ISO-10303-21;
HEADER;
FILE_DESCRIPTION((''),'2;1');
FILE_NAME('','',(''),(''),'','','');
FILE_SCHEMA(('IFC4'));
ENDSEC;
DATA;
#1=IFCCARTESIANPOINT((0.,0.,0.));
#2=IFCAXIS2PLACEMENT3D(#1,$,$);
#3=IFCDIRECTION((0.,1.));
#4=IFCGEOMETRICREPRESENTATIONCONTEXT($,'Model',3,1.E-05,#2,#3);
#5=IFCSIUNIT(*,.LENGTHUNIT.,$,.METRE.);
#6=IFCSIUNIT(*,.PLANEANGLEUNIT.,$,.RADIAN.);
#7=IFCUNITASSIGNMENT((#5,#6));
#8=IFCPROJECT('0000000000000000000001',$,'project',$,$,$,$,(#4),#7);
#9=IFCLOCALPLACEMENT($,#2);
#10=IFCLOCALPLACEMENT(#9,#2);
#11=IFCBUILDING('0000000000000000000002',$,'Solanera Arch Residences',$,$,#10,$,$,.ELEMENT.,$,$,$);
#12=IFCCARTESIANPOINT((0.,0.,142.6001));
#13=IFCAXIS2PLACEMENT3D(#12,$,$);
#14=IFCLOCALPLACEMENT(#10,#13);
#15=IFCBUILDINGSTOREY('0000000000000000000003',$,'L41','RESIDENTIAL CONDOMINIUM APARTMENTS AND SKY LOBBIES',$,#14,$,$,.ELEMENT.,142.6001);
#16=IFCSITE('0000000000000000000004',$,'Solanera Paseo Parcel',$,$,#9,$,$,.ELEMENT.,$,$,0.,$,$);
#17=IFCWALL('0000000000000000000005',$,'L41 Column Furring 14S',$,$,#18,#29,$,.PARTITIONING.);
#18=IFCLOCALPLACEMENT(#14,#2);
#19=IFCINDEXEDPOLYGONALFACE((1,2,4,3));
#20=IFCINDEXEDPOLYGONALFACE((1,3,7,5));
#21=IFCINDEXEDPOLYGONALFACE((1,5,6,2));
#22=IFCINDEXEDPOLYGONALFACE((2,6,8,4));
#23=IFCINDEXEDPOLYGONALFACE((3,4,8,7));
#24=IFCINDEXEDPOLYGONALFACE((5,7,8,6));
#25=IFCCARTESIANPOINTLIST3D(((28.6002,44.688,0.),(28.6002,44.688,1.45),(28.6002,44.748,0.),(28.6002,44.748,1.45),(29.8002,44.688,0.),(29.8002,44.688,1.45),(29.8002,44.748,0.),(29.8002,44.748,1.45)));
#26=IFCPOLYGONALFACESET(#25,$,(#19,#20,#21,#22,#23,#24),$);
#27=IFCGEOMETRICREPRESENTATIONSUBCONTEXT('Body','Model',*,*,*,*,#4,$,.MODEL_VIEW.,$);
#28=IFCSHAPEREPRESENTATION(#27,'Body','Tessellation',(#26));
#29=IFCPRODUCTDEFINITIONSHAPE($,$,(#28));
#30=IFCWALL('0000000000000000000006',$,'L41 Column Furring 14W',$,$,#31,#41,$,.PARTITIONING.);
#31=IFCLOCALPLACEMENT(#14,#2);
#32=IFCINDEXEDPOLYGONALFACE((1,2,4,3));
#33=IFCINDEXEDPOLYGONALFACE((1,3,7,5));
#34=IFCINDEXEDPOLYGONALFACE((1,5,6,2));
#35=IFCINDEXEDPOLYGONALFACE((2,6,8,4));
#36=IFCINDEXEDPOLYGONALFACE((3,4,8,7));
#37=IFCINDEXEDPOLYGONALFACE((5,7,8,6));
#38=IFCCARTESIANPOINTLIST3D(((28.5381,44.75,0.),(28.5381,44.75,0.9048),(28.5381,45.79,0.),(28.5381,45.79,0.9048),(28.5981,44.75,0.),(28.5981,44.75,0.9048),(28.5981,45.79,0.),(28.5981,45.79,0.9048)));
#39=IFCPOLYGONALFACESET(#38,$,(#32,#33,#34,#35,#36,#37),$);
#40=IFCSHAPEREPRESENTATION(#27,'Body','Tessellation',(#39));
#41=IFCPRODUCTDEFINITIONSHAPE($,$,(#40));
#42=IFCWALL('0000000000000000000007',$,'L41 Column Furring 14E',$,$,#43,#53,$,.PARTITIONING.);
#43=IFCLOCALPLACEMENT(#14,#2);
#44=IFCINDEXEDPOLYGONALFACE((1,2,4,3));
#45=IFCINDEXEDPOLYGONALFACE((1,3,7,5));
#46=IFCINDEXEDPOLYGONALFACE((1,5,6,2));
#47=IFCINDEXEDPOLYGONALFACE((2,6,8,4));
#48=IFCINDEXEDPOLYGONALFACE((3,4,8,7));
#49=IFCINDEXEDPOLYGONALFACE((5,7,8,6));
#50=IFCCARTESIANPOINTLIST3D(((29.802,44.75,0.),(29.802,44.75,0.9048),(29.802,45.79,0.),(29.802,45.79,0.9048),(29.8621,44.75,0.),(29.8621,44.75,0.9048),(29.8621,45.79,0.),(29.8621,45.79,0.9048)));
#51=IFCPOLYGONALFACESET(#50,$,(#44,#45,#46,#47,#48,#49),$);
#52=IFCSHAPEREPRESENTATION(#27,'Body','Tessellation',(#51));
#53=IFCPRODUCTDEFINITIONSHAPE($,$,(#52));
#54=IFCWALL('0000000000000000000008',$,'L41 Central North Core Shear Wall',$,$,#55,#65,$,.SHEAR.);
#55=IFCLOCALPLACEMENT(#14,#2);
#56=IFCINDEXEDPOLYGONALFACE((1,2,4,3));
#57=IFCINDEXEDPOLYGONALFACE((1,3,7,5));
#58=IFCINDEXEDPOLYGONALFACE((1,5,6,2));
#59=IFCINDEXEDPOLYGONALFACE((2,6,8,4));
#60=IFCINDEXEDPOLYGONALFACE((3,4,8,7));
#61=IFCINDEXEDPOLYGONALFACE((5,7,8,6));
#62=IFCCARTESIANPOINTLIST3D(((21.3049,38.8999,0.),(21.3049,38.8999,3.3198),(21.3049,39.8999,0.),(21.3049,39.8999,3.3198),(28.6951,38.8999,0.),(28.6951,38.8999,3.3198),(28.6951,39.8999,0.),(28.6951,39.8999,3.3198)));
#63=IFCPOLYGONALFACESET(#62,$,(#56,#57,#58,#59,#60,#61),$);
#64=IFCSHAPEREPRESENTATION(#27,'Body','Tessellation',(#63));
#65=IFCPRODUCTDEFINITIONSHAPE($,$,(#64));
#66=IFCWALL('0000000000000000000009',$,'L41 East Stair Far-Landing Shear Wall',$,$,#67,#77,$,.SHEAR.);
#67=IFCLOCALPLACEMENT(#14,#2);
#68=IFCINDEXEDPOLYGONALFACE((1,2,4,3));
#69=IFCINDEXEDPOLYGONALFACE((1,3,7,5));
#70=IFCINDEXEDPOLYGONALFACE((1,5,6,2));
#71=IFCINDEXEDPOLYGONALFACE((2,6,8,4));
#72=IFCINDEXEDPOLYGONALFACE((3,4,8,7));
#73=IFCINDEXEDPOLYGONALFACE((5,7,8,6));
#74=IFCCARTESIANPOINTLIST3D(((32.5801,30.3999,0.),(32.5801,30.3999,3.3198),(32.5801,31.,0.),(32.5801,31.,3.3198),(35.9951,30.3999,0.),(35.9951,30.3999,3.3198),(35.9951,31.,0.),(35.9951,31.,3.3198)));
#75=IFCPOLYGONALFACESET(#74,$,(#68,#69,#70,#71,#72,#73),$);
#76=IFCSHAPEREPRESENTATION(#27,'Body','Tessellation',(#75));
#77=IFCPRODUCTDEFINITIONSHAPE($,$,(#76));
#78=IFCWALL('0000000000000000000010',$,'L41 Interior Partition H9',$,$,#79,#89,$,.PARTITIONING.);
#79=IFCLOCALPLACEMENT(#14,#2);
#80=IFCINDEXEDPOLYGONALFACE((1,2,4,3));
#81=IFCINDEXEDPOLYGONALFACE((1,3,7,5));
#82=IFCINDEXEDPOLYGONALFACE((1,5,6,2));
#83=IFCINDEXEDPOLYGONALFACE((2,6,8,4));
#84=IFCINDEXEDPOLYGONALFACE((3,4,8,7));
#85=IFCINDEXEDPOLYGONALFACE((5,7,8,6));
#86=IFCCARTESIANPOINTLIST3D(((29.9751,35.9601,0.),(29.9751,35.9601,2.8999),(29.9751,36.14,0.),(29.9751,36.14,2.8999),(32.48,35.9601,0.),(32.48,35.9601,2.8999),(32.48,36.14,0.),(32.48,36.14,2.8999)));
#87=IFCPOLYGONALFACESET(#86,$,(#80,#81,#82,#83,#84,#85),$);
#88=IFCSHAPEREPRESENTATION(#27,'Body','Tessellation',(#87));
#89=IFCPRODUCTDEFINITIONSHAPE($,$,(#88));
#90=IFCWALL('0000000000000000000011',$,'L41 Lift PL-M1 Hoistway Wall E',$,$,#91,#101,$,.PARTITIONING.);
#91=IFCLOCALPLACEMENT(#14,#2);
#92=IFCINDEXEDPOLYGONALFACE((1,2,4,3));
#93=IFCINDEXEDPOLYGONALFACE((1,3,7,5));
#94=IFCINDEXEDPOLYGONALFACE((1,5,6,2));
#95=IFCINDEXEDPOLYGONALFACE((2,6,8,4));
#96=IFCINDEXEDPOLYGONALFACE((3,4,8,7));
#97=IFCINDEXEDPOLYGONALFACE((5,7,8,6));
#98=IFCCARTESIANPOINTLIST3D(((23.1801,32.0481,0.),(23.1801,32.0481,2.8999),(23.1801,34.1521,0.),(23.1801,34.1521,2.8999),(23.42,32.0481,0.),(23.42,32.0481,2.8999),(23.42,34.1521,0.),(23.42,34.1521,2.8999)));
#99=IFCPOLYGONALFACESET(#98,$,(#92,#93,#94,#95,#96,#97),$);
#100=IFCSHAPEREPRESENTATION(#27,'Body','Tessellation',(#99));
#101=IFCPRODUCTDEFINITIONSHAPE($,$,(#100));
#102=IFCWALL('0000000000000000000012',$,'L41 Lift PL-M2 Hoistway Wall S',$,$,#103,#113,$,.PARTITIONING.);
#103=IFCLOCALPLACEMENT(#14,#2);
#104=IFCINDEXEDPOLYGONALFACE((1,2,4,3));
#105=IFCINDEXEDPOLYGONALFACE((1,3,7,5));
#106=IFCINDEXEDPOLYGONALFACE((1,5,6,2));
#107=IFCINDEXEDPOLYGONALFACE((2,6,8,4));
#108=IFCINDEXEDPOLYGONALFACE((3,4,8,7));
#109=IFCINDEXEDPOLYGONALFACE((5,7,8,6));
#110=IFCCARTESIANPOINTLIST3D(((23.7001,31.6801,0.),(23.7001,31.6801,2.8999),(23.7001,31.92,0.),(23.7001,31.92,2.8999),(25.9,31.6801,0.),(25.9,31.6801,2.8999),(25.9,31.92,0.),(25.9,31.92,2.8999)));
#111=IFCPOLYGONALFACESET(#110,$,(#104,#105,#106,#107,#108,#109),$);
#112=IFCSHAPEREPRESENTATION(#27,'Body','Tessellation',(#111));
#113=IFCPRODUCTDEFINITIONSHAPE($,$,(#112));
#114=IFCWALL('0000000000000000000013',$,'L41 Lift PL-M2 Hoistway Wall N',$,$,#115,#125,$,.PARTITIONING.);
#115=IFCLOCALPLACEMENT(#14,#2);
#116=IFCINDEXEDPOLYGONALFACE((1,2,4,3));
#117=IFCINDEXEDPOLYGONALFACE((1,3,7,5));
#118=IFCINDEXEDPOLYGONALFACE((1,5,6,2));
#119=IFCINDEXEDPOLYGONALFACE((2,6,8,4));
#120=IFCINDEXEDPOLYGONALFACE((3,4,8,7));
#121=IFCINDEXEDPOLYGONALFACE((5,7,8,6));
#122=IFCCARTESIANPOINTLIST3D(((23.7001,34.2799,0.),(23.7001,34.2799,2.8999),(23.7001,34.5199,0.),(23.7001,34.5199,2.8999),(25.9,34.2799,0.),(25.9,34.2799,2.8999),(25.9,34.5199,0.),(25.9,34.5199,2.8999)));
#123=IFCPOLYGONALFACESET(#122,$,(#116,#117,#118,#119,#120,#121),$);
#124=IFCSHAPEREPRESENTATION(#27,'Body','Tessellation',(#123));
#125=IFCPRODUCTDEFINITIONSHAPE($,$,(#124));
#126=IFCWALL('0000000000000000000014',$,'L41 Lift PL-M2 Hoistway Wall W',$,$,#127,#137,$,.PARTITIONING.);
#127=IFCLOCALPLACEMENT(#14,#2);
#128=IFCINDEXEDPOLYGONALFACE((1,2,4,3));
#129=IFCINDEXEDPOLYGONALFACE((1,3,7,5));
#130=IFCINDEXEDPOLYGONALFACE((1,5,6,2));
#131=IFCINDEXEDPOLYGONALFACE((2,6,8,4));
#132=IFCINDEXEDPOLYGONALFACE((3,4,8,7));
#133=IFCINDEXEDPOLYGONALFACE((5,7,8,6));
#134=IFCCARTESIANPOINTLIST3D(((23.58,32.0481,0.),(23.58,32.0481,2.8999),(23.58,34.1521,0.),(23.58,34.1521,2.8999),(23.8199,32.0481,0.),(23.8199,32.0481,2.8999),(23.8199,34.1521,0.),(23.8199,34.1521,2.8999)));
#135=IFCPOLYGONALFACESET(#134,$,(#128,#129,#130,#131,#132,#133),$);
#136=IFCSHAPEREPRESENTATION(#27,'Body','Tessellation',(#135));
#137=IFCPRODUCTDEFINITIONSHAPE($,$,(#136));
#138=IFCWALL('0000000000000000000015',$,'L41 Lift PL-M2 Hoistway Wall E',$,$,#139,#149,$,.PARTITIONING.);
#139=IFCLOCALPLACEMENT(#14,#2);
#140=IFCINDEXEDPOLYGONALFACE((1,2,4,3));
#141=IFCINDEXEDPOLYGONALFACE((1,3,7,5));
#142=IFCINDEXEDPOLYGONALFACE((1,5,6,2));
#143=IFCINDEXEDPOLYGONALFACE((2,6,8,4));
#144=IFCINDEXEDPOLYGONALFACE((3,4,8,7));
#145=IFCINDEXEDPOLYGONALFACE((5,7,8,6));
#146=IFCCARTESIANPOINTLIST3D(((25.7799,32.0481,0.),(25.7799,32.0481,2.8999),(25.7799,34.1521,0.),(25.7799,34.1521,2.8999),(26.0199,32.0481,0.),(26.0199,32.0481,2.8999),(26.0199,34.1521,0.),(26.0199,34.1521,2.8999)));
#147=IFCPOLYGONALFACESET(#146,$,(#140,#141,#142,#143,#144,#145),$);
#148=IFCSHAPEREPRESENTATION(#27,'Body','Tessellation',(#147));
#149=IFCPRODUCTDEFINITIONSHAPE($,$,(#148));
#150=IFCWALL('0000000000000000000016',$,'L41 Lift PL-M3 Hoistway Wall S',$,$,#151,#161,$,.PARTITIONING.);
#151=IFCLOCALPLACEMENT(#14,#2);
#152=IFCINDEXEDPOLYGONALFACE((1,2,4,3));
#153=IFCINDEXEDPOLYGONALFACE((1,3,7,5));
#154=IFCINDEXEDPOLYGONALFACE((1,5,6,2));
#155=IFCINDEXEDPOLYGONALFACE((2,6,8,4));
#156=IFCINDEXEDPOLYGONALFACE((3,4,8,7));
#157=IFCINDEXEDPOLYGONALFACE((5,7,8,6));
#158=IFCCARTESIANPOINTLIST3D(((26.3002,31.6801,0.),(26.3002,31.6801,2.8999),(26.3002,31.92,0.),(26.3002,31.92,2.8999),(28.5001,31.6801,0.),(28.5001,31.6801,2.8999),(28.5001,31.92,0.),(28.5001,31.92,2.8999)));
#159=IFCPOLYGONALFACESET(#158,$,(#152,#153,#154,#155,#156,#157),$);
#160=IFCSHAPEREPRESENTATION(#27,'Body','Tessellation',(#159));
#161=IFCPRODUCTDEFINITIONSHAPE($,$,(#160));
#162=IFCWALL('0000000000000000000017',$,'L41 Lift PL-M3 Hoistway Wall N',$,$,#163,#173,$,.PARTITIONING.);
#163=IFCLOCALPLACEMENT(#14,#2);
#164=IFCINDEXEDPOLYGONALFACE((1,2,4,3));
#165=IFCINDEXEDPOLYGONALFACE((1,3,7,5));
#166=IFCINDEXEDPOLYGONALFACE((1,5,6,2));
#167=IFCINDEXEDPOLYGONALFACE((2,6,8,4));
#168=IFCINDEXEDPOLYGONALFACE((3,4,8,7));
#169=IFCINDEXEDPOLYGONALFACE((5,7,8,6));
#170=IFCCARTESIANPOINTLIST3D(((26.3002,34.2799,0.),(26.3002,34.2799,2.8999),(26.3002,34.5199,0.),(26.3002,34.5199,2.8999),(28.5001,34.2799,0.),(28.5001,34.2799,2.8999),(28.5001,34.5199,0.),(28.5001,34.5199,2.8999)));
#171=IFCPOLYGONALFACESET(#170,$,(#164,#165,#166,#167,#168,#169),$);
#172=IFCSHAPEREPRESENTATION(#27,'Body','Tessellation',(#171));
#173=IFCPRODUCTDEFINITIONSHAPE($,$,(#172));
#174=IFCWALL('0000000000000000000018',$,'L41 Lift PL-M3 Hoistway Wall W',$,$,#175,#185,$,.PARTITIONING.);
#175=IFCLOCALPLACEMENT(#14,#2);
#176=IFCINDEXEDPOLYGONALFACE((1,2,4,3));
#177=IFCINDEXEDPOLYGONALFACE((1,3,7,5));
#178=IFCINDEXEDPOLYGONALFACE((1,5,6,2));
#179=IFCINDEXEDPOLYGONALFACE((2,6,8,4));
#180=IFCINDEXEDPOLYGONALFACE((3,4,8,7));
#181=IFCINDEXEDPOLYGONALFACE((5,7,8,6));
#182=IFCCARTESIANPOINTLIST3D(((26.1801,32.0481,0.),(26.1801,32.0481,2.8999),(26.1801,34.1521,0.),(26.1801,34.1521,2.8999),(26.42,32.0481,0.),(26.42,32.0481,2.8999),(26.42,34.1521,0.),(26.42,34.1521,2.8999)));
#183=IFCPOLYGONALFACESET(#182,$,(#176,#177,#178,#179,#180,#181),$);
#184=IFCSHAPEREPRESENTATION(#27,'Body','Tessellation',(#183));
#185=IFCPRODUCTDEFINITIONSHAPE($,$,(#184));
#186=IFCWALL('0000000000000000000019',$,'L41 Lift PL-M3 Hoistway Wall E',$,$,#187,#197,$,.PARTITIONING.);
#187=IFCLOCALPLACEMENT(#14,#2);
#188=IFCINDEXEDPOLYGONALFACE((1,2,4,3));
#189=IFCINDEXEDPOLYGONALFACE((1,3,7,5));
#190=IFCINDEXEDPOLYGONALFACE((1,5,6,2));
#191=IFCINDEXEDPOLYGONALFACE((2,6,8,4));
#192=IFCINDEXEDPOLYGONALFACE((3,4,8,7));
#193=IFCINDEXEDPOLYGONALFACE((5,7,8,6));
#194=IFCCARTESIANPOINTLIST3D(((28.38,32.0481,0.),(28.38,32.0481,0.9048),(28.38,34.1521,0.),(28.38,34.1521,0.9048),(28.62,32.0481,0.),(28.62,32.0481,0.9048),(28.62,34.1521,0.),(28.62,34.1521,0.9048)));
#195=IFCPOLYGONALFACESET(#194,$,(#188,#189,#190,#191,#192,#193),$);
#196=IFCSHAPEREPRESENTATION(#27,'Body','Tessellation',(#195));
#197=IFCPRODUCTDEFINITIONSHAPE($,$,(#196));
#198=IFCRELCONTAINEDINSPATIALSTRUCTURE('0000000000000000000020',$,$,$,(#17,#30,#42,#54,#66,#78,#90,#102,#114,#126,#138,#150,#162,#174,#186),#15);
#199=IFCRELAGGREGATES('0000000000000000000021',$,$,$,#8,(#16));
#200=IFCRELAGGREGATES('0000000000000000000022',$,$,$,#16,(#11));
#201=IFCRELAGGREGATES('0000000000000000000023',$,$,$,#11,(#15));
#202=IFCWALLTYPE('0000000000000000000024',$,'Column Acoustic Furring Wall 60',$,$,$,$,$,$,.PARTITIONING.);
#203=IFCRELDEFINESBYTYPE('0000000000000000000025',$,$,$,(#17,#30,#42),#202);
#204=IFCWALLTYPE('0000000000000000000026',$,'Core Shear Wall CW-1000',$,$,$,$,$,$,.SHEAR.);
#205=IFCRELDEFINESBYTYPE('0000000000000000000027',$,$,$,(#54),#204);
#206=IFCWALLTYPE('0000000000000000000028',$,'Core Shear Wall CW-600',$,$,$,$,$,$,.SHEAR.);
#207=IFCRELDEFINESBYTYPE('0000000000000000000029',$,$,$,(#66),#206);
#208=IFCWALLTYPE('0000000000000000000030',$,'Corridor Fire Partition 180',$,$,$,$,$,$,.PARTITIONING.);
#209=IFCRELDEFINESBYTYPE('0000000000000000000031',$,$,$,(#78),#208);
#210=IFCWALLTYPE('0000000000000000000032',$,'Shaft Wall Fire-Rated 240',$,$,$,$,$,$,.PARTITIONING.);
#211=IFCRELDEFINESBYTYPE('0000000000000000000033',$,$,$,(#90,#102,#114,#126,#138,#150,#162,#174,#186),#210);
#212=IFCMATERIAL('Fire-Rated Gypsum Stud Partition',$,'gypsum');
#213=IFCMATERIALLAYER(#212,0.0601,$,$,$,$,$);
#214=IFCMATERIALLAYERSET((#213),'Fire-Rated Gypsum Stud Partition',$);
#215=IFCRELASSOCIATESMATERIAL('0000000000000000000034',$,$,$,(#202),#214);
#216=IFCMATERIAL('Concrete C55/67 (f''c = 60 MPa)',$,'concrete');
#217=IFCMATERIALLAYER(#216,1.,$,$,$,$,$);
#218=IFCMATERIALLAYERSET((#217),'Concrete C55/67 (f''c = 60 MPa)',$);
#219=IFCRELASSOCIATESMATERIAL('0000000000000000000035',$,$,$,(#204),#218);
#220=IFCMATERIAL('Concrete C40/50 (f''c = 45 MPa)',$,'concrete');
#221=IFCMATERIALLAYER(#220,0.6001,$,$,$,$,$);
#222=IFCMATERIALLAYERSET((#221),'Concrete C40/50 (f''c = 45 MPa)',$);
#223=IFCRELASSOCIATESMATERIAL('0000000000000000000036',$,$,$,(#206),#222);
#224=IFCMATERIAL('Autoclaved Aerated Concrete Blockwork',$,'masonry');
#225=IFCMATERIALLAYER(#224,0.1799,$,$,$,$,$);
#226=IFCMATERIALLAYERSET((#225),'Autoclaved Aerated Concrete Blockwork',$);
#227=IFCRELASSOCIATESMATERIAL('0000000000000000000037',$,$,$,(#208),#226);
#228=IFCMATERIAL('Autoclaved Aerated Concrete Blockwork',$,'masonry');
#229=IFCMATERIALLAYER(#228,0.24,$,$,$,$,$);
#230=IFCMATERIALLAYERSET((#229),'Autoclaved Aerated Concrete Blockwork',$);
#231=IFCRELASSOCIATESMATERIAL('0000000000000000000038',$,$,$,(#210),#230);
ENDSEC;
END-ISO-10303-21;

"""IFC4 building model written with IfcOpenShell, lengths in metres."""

from ifc_helpers import new_model, si_unit, direction, frame, frame_2d, origin, place, context, subcontext, project, spatial, rectangle, extrude, material, layer, layer_set, type_object, element, save


model = new_model("IFC4")

# Units and contexts
model_context = context("Model", 3, precision=1e-05, world=origin(), true_north=direction((0.0, 1.0)))
body_context = subcontext(model_context, "Body", "Model", "MODEL_VIEW")
ifc_project = project(units=[si_unit("LENGTHUNIT", "METRE"), si_unit("PLANEANGLEUNIT", "RADIAN")], contexts=[model_context])

# Site, building, storey
site_placement = place(None, origin())
site = spatial("IfcSite", under=ifc_project, at=site_placement, Name="Solanera Paseo Parcel", CompositionType="ELEMENT", RefElevation=0.0)
building_placement = place(site_placement, origin())
building = spatial("IfcBuilding", under=site, at=building_placement, Name="Solanera Arch Residences", CompositionType="ELEMENT")
storey_placement = place(building_placement, frame((0.0, 0.0, 142.6001)))
storey = spatial("IfcBuildingStorey", under=building, at=storey_placement, Name="L41", Description="RESIDENTIAL CONDOMINIUM APARTMENTS AND SKY LOBBIES", CompositionType="ELEMENT", Elevation=142.6001)

# Walls
ifc_material_1 = material(Name="Fire-Rated Gypsum Stud Partition", Category="gypsum")
ifc_layer_1 = layer(ifc_material_1, 0.0601)
ifc_layer_set_1 = layer_set([ifc_layer_1], Name="Fire-Rated Gypsum Stud Partition")
wall_type_1 = type_object("IfcWallType", Name="Column Acoustic Furring Wall 60", PredefinedType="PARTITIONING", material=ifc_layer_set_1)
wall_1_placement = place(storey_placement, frame((28.6001, 44.718, 0.0), z_axis=(0.0, 0.0, 1.0), x_axis=(1.0, 0.0, 0.0)))
element("IfcWall", 1, at=wall_1_placement, inside=storey, type_object=wall_type_1, Name="L41 Column Furring 14S", PredefinedType="PARTITIONING", context=body_context, shape_type="SweptSolid", body=[
    extrude(rectangle(XDim=1.2, YDim=0.0601, at=frame_2d((0.6001, 0.0))), origin(), (0.0, 0.0, 1.0), 1.45),
])
for number, where, z_axis, x_axis, name in (
    (2, (28.5681, 44.75, 0.0), (0.0, 0.0, 1.0), (0.0, 1.0, 0.0), "L41 Column Furring 14W"),
    (3, (29.832, 44.75, 0.0), (0.0, 0.0, 1.0), (0.0, 1.0, 0.0), "L41 Column Furring 14E"),
):
    element("IfcWall", number, at=place(storey_placement, frame(where, z_axis=z_axis, x_axis=x_axis)), inside=storey, type_object=wall_type_1, Name=name, PredefinedType="PARTITIONING", context=body_context, shape_type="SweptSolid", body=[
        extrude(rectangle(XDim=1.04, YDim=0.0601, at=frame_2d((0.52, 0.0))), origin(), (0.0, 0.0, 1.0), 0.9048),
    ])
ifc_material_2 = material(Name="Concrete C55/67 (f'c = 60 MPa)", Category="concrete")
ifc_layer_2 = layer(ifc_material_2, 1.0)
ifc_layer_set_2 = layer_set([ifc_layer_2], Name="Concrete C55/67 (f'c = 60 MPa)")
wall_type_2 = type_object("IfcWallType", Name="Core Shear Wall CW-1000", PredefinedType="SHEAR", material=ifc_layer_set_2)
wall_2_placement = place(storey_placement, frame((21.3049, 39.3999, 0.0), z_axis=(0.0, 0.0, 1.0), x_axis=(1.0, 0.0, 0.0)))
element("IfcWall", 4, at=wall_2_placement, inside=storey, type_object=wall_type_2, Name="L41 Central North Core Shear Wall", PredefinedType="SHEAR", context=body_context, shape_type="SweptSolid", body=[
    extrude(rectangle(XDim=7.3901, YDim=1.0, at=frame_2d((3.6951, 0.0))), origin(), (0.0, 0.0, 1.0), 3.3198),
])
ifc_material_3 = material(Name="Concrete C40/50 (f'c = 45 MPa)", Category="concrete")
ifc_layer_3 = layer(ifc_material_3, 0.6001)
ifc_layer_set_3 = layer_set([ifc_layer_3], Name="Concrete C40/50 (f'c = 45 MPa)")
wall_type_3 = type_object("IfcWallType", Name="Core Shear Wall CW-600", PredefinedType="SHEAR", material=ifc_layer_set_3)
wall_3_placement = place(storey_placement, frame((32.5801, 30.7, 0.0), z_axis=(0.0, 0.0, 1.0), x_axis=(1.0, 0.0, 0.0)))
element("IfcWall", 5, at=wall_3_placement, inside=storey, type_object=wall_type_3, Name="L41 East Stair Far-Landing Shear Wall", PredefinedType="SHEAR", context=body_context, shape_type="SweptSolid", body=[
    extrude(rectangle(XDim=3.415, YDim=0.6001, at=frame_2d((1.7075, 0.0))), origin(), (0.0, 0.0, 1.0), 3.3198),
])
ifc_material_4 = material(Name="Autoclaved Aerated Concrete Blockwork", Category="masonry")
ifc_layer_4 = layer(ifc_material_4, 0.1799)
ifc_layer_set_4 = layer_set([ifc_layer_4], Name="Autoclaved Aerated Concrete Blockwork")
wall_type_4 = type_object("IfcWallType", Name="Corridor Fire Partition 180", PredefinedType="PARTITIONING", material=ifc_layer_set_4)
wall_4_placement = place(storey_placement, frame((29.9751, 36.05, 0.0), z_axis=(0.0, 0.0, 1.0), x_axis=(1.0, 0.0, 0.0)))
element("IfcWall", 6, at=wall_4_placement, inside=storey, type_object=wall_type_4, Name="L41 Interior Partition H9", PredefinedType="PARTITIONING", context=body_context, shape_type="SweptSolid", body=[
    extrude(rectangle(XDim=2.5049, YDim=0.1799, at=frame_2d((1.2524, 0.0))), origin(), (0.0, 0.0, 1.0), 2.8999),
])
ifc_material_5 = material(Name="Autoclaved Aerated Concrete Blockwork", Category="masonry")
ifc_layer_5 = layer(ifc_material_5, 0.24)
ifc_layer_set_5 = layer_set([ifc_layer_5], Name="Autoclaved Aerated Concrete Blockwork")
wall_type_5 = type_object("IfcWallType", Name="Shaft Wall Fire-Rated 240", PredefinedType="PARTITIONING", material=ifc_layer_set_5)
wall_5_placement = place(storey_placement, frame((23.3, 32.0481, 0.0), z_axis=(0.0, 0.0, 1.0), x_axis=(0.0, 1.0, 0.0)))
element("IfcWall", 7, at=wall_5_placement, inside=storey, type_object=wall_type_5, Name="L41 Lift PL-M1 Hoistway Wall E", PredefinedType="PARTITIONING", context=body_context, shape_type="SweptSolid", body=[
    extrude(rectangle(XDim=2.104, YDim=0.24, at=frame_2d((1.052, 0.0))), origin(), (0.0, 0.0, 1.0), 2.8999),
])
for number, where, z_axis, x_axis, name in (
    (8, (23.7, 31.8, 0.0), (0.0, 0.0, 1.0), (1.0, 0.0, 0.0), "L41 Lift PL-M2 Hoistway Wall S"),
    (9, (23.7, 34.3999, 0.0), (0.0, 0.0, 1.0), (1.0, 0.0, 0.0), "L41 Lift PL-M2 Hoistway Wall N"),
):
    element("IfcWall", number, at=place(storey_placement, frame(where, z_axis=z_axis, x_axis=x_axis)), inside=storey, type_object=wall_type_5, Name=name, PredefinedType="PARTITIONING", context=body_context, shape_type="SweptSolid", body=[
        extrude(rectangle(XDim=2.2, YDim=0.24, at=frame_2d((1.1001, 0.0))), origin(), (0.0, 0.0, 1.0), 2.8999),
    ])
for number, where, z_axis, x_axis, name in (
    (10, (23.7, 32.0481, 0.0), (0.0, 0.0, 1.0), (0.0, 1.0, 0.0), "L41 Lift PL-M2 Hoistway Wall W"),
    (11, (25.8999, 32.0481, 0.0), (0.0, 0.0, 1.0), (0.0, 1.0, 0.0), "L41 Lift PL-M2 Hoistway Wall E"),
):
    element("IfcWall", number, at=place(storey_placement, frame(where, z_axis=z_axis, x_axis=x_axis)), inside=storey, type_object=wall_type_5, Name=name, PredefinedType="PARTITIONING", context=body_context, shape_type="SweptSolid", body=[
        extrude(rectangle(XDim=2.104, YDim=0.24, at=frame_2d((1.052, 0.0))), origin(), (0.0, 0.0, 1.0), 2.8999),
    ])
for number, where, z_axis, x_axis, name in (
    (12, (26.3, 31.8, 0.0), (0.0, 0.0, 1.0), (1.0, 0.0, 0.0), "L41 Lift PL-M3 Hoistway Wall S"),
    (13, (26.3, 34.3999, 0.0), (0.0, 0.0, 1.0), (1.0, 0.0, 0.0), "L41 Lift PL-M3 Hoistway Wall N"),
):
    element("IfcWall", number, at=place(storey_placement, frame(where, z_axis=z_axis, x_axis=x_axis)), inside=storey, type_object=wall_type_5, Name=name, PredefinedType="PARTITIONING", context=body_context, shape_type="SweptSolid", body=[
        extrude(rectangle(XDim=2.2, YDim=0.24, at=frame_2d((1.1001, 0.0))), origin(), (0.0, 0.0, 1.0), 2.8999),
    ])
wall_6_placement = place(storey_placement, frame((26.3, 32.0481, 0.0), z_axis=(0.0, 0.0, 1.0), x_axis=(0.0, 1.0, 0.0)))
element("IfcWall", 14, at=wall_6_placement, inside=storey, type_object=wall_type_5, Name="L41 Lift PL-M3 Hoistway Wall W", PredefinedType="PARTITIONING", context=body_context, shape_type="SweptSolid", body=[
    extrude(rectangle(XDim=2.104, YDim=0.24, at=frame_2d((1.052, 0.0))), origin(), (0.0, 0.0, 1.0), 2.8999),
])
wall_7_placement = place(storey_placement, frame((28.5, 32.0481, 0.0), z_axis=(0.0, 0.0, 1.0), x_axis=(0.0, 1.0, 0.0)))
element("IfcWall", 15, at=wall_7_placement, inside=storey, type_object=wall_type_5, Name="L41 Lift PL-M3 Hoistway Wall E", PredefinedType="PARTITIONING", context=body_context, shape_type="SweptSolid", body=[
    extrude(rectangle(XDim=2.104, YDim=0.24, at=frame_2d((1.052, 0.0))), origin(), (0.0, 0.0, 1.0), 0.9048),
])

save(model, "model.ifc")
